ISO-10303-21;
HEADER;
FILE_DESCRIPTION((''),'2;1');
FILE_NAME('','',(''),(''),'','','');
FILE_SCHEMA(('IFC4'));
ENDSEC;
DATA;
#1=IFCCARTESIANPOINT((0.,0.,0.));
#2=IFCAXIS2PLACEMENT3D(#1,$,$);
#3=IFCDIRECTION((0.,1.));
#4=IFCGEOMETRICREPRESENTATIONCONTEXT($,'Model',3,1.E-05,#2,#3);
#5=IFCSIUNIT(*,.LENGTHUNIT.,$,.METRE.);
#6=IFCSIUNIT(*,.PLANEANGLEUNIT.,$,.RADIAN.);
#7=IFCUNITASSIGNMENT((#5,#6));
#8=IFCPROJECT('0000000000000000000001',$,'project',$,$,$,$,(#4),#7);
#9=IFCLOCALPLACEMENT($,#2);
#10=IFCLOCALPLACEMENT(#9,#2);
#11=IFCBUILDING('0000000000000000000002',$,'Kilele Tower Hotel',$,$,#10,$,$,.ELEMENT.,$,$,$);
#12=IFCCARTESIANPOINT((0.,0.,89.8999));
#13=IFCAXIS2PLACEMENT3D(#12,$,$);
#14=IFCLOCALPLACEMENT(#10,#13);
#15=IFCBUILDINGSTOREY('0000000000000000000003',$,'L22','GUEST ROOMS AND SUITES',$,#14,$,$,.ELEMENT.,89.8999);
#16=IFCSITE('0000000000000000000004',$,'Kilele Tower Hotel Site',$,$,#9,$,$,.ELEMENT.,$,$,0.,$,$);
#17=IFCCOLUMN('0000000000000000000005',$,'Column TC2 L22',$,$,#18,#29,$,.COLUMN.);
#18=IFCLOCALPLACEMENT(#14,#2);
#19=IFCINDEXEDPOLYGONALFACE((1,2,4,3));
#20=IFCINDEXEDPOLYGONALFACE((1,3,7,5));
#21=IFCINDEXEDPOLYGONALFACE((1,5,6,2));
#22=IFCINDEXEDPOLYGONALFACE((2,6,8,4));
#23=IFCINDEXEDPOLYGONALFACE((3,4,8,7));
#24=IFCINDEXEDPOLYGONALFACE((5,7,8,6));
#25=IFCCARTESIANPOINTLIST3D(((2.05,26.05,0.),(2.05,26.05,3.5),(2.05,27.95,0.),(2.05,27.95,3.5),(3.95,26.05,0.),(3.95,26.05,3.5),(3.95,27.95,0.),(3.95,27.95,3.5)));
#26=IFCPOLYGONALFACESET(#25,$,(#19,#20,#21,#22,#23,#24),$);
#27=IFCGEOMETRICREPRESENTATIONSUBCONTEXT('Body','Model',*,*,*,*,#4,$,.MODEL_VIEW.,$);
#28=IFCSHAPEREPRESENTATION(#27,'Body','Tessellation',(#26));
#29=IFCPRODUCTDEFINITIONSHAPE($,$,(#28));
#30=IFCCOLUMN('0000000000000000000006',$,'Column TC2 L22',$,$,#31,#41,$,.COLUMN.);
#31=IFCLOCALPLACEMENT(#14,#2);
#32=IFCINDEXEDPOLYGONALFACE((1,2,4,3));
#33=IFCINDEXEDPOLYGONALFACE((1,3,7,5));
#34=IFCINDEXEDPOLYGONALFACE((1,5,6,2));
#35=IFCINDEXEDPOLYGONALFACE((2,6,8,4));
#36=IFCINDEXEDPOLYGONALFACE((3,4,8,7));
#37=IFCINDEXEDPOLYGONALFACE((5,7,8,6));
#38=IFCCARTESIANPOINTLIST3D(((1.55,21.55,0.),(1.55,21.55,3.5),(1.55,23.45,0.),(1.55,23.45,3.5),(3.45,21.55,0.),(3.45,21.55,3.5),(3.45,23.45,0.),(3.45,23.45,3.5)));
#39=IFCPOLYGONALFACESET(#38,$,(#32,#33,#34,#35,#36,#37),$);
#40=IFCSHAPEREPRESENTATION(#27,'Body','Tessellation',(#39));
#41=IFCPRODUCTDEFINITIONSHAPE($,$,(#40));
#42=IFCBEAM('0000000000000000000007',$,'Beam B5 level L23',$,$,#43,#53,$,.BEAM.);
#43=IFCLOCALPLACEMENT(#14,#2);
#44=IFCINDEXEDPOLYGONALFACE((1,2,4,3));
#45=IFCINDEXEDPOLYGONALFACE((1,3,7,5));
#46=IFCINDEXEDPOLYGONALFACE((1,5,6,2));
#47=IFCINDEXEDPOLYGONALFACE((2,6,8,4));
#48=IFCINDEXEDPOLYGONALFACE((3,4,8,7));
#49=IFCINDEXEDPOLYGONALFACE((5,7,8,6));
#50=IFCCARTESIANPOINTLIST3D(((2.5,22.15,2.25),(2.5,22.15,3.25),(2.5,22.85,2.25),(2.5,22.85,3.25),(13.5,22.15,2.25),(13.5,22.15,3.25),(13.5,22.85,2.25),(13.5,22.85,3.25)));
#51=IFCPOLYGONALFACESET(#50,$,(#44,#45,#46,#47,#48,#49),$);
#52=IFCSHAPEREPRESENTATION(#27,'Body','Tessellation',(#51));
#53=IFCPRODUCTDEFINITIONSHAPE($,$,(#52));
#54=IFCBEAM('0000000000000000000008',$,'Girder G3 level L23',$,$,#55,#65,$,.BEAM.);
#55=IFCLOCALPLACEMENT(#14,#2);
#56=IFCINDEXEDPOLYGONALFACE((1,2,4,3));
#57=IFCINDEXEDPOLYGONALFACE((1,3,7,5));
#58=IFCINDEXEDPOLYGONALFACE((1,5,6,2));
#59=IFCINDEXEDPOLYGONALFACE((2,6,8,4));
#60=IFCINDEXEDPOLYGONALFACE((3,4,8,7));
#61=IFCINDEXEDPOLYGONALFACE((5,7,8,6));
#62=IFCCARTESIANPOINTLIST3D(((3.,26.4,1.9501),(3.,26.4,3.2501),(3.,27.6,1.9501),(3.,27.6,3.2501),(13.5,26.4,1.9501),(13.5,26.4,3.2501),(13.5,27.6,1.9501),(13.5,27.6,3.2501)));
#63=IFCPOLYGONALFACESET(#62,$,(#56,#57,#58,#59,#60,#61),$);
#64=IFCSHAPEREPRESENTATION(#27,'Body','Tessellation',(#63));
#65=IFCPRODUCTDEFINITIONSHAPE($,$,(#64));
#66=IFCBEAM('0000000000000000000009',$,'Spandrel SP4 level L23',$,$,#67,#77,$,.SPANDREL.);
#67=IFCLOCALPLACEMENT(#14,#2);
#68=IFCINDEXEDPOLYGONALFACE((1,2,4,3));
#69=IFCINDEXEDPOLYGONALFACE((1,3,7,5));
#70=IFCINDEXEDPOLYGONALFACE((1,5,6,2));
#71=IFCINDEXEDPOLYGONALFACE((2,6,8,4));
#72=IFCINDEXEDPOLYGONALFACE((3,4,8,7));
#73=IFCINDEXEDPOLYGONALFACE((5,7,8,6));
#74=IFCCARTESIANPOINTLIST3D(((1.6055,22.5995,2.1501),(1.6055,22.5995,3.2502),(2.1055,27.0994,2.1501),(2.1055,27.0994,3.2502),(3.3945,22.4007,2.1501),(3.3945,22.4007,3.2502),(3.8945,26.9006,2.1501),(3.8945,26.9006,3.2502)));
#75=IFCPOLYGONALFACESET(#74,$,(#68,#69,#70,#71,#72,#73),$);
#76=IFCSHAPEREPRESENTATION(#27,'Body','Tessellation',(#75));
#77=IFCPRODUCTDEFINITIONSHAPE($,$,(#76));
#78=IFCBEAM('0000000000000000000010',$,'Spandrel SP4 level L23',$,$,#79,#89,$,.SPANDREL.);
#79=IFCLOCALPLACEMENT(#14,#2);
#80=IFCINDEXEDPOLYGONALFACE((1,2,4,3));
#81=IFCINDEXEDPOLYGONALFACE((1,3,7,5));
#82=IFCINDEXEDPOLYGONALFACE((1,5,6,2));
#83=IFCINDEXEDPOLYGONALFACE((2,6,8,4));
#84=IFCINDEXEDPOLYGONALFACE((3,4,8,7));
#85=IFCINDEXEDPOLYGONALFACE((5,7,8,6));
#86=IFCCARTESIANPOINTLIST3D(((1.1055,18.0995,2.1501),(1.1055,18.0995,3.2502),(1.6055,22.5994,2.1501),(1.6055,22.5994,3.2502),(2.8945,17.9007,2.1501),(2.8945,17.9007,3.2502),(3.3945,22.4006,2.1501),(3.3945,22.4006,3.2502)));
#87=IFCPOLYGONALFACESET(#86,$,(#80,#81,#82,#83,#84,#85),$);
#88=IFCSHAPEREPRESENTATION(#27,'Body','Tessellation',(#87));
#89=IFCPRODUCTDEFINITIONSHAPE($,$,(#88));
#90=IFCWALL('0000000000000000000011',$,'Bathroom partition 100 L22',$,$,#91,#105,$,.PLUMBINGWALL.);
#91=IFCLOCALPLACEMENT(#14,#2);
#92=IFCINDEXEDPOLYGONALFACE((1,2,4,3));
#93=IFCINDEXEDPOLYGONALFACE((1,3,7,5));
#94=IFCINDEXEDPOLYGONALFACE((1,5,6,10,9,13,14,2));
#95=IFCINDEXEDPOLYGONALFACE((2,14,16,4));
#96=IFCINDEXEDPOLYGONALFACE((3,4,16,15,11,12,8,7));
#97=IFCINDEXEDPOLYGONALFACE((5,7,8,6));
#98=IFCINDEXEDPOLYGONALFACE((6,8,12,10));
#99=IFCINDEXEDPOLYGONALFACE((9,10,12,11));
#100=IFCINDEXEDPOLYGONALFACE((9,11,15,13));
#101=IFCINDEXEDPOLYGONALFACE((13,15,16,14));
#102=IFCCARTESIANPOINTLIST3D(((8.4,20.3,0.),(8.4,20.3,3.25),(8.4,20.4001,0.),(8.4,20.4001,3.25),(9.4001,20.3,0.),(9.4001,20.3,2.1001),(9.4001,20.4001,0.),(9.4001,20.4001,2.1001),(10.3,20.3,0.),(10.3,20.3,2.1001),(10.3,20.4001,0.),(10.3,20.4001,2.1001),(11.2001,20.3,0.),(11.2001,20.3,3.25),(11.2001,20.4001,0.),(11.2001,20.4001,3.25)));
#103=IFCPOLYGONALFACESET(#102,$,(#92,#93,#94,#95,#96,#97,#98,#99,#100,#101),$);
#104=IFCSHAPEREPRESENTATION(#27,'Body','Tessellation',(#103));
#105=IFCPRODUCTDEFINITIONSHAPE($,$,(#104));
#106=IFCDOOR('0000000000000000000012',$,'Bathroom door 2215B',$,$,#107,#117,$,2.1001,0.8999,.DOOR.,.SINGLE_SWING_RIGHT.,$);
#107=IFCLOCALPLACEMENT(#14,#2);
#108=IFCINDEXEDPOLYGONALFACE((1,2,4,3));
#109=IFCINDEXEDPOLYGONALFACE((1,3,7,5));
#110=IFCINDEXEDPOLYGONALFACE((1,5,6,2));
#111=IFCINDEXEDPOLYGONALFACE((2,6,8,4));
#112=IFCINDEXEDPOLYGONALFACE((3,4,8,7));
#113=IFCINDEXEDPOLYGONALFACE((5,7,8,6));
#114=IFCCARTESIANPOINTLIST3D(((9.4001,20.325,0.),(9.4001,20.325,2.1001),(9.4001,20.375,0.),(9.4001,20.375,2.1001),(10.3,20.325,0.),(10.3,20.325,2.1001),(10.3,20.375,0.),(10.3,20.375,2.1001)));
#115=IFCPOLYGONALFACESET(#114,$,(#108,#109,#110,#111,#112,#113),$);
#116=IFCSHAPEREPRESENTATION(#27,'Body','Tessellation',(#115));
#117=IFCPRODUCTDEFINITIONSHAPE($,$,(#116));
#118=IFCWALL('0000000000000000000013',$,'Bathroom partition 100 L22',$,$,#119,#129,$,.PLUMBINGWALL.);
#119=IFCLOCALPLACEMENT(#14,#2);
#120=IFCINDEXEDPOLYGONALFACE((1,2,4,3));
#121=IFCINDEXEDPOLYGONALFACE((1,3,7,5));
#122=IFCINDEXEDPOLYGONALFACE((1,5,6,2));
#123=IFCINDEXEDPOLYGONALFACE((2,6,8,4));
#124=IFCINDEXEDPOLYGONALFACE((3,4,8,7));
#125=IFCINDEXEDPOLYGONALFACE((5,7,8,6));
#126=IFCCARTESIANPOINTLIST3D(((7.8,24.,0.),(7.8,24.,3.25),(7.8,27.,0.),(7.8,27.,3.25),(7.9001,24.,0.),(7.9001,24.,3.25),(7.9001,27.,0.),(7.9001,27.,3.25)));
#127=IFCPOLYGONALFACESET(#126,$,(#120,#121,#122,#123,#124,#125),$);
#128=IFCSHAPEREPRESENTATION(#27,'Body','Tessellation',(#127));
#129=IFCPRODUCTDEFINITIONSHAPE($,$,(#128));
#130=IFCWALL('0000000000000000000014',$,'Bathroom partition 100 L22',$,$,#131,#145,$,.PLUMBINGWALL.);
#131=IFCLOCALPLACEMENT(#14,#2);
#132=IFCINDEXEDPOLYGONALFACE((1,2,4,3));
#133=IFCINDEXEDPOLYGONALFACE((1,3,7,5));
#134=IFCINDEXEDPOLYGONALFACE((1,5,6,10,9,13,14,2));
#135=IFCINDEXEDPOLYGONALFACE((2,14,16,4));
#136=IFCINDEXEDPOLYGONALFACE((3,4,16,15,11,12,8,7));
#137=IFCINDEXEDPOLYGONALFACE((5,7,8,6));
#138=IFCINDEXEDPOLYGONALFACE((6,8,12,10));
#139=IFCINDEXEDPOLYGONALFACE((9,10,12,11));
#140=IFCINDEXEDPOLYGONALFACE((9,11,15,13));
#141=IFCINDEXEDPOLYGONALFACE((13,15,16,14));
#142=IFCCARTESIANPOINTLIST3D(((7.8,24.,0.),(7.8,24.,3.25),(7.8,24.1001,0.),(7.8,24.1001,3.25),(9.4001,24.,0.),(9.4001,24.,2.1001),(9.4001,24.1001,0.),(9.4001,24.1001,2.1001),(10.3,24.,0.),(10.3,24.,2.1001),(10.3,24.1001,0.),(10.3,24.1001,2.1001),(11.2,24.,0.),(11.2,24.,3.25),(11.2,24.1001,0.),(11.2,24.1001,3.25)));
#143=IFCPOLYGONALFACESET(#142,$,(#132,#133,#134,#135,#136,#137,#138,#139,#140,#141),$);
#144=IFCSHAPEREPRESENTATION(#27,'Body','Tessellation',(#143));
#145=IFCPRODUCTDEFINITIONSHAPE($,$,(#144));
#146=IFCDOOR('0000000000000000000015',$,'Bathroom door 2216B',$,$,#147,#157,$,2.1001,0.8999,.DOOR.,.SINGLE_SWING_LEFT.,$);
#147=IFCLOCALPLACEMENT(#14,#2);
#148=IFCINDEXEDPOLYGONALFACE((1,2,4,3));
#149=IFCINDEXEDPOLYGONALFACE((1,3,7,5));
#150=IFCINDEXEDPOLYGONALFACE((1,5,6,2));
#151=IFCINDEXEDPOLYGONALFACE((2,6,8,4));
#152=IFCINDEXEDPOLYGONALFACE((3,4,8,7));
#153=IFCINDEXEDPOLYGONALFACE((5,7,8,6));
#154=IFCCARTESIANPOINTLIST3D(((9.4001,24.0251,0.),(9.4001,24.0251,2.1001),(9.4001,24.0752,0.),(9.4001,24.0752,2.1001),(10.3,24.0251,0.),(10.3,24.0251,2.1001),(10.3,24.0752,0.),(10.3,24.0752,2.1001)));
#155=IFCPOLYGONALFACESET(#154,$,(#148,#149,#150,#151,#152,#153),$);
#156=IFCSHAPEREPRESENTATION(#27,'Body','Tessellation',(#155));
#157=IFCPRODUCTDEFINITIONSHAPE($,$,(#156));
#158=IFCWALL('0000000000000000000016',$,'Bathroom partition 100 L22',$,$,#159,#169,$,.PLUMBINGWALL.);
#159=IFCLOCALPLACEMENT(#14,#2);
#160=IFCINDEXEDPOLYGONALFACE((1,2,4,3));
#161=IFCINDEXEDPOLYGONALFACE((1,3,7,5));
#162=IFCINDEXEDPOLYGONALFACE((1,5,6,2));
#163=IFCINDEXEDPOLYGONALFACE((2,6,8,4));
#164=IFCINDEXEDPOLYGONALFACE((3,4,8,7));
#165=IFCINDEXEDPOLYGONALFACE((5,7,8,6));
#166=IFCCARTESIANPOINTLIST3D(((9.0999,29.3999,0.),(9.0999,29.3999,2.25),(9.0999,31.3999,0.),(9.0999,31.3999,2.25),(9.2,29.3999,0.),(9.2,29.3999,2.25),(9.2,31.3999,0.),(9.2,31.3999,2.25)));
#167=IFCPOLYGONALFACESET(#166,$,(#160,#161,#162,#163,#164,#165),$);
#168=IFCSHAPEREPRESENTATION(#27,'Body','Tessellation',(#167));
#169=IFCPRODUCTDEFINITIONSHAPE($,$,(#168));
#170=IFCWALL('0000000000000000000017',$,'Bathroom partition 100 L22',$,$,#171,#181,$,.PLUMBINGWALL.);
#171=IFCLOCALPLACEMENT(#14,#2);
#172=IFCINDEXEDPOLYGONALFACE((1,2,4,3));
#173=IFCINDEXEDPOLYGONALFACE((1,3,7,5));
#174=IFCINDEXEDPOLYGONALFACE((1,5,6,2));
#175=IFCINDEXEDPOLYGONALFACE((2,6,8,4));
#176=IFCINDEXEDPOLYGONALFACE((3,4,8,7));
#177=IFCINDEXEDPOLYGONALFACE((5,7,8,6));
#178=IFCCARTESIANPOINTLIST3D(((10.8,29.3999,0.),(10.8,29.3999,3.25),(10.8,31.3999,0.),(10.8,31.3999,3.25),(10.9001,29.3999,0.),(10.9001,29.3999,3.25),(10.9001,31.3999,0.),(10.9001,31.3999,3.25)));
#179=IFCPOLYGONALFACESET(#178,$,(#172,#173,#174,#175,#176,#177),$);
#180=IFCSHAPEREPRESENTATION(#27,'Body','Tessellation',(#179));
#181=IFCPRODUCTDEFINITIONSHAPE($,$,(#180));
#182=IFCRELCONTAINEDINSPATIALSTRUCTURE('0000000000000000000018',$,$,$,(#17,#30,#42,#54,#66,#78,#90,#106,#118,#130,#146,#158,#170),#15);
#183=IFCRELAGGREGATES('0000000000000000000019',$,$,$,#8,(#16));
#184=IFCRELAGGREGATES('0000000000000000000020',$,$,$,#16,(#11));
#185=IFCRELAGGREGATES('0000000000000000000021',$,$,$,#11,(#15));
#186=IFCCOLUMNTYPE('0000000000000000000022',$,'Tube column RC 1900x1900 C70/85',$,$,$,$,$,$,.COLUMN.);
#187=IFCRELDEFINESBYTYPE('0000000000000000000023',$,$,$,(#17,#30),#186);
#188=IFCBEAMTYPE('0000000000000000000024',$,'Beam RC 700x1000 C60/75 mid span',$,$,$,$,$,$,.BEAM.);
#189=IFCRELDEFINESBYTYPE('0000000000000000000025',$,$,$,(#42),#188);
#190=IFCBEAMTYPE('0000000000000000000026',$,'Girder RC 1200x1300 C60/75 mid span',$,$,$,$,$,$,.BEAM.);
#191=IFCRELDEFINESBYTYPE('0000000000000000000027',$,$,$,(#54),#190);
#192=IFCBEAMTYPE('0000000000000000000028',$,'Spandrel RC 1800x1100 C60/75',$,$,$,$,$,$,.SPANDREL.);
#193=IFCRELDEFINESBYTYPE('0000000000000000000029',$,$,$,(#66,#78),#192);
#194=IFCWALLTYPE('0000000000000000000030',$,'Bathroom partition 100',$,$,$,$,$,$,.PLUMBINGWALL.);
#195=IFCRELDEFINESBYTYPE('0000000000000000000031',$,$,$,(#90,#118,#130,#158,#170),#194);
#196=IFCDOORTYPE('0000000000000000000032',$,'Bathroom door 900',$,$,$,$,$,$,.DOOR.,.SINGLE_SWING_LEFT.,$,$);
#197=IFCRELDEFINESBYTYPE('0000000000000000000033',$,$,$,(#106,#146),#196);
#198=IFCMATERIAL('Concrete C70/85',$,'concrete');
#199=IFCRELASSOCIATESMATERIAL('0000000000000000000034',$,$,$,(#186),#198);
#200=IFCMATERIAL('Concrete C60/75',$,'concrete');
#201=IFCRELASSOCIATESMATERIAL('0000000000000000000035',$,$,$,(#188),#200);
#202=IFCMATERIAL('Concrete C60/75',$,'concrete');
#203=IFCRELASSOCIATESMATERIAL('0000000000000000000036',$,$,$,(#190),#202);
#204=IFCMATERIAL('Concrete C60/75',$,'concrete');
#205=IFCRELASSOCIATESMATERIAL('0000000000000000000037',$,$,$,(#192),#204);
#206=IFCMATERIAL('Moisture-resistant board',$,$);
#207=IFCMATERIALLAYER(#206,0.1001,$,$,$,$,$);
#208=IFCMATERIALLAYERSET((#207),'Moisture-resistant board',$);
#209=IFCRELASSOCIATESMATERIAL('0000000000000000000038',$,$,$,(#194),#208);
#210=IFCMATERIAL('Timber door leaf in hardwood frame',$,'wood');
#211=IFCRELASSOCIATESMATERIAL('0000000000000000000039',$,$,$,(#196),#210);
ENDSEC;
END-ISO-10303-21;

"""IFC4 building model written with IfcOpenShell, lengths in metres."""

from ifc_helpers import new_model, si_unit, direction, frame, frame_2d, origin, origin_2d, place, context, subcontext, project, spatial, rectangle, extrude, material, layer, layer_set, material_profile, profile_set, type_object, element, fill, save


model = new_model("IFC4")

# Units and contexts
model_context = context("Model", 3, precision=1e-05, world=origin(), true_north=direction((0.0, 1.0)))
body_context = subcontext(model_context, "Body", "Model", "MODEL_VIEW")
ifc_project = project(units=[si_unit("LENGTHUNIT", "METRE"), si_unit("PLANEANGLEUNIT", "RADIAN")], contexts=[model_context])

# Site, building, storey
site_placement = place(None, origin())
site = spatial("IfcSite", under=ifc_project, at=site_placement, Name="Kilele Tower Hotel Site", CompositionType="ELEMENT", RefElevation=0.0)
building_placement = place(site_placement, origin())
building = spatial("IfcBuilding", under=site, at=building_placement, Name="Kilele Tower Hotel", CompositionType="ELEMENT")
storey_placement = place(building_placement, frame((0.0, 0.0, 89.8999)))
storey = spatial("IfcBuildingStorey", under=building, at=storey_placement, Name="L22", Description="GUEST ROOMS AND SUITES", CompositionType="ELEMENT", Elevation=89.8999)

# Columns
ifc_material_1 = material(Name="Concrete C70/85", Category="concrete")
ifc_material_profile_1 = material_profile(ifc_material_1, rectangle(XDim=1.8999, YDim=1.8999, at=origin_2d()))
ifc_profile_set_1 = profile_set([ifc_material_profile_1], Name="Concrete C70/85")
column_type = type_object("IfcColumnType", Name="Tube column RC 1900x1900 C70/85", PredefinedType="COLUMN", material=ifc_profile_set_1)
for number, where, z_axis, x_axis, name in (
    (1, (3.0, 27.0, 0.0), (0.0, 0.0, 1.0), (1.0, 0.0, 0.0), "Column TC2 L22"),
    (2, (2.5, 22.5, 0.0), (0.0, 0.0, 1.0), (1.0, 0.0, 0.0), "Column TC2 L22"),
):
    element("IfcColumn", number, at=place(storey_placement, frame(where, z_axis=z_axis, x_axis=x_axis)), inside=storey, type_object=column_type, Name=name, PredefinedType="COLUMN", context=body_context, shape_type="SweptSolid", body=[
        extrude(rectangle(XDim=1.8999, YDim=1.8999, at=origin_2d()), origin(), (0.0, 0.0, 1.0), 3.5),
    ])

# Beams
ifc_material_2 = material(Name="Concrete C60/75", Category="concrete")
ifc_material_profile_2 = material_profile(ifc_material_2, rectangle(XDim=0.7, YDim=1.0, at=origin_2d()))
ifc_profile_set_2 = profile_set([ifc_material_profile_2], Name="Concrete C60/75")
beam_type_1 = type_object("IfcBeamType", Name="Beam RC 700x1000 C60/75 mid span", PredefinedType="BEAM", material=ifc_profile_set_2)
beam_1_placement = place(storey_placement, frame((2.5, 22.5, 2.75), z_axis=(1.0, 0.0, 0.0), x_axis=(0.0, 1.0, 0.0)))
element("IfcBeam", 3, at=beam_1_placement, inside=storey, type_object=beam_type_1, Name="Beam B5 level L23", PredefinedType="BEAM", context=body_context, shape_type="SweptSolid", body=[
    extrude(rectangle(XDim=0.7, YDim=1.0, at=origin_2d()), origin(), (0.0, 0.0, 1.0), 11.0),
])
ifc_material_3 = material(Name="Concrete C60/75", Category="concrete")
ifc_material_profile_3 = material_profile(ifc_material_3, rectangle(XDim=1.2, YDim=1.3, at=origin_2d()))
ifc_profile_set_3 = profile_set([ifc_material_profile_3], Name="Concrete C60/75")
beam_type_2 = type_object("IfcBeamType", Name="Girder RC 1200x1300 C60/75 mid span", PredefinedType="BEAM", material=ifc_profile_set_3)
beam_2_placement = place(storey_placement, frame((3.0, 27.0, 2.6001), z_axis=(1.0, 0.0, 0.0), x_axis=(0.0, 1.0, 0.0)))
element("IfcBeam", 4, at=beam_2_placement, inside=storey, type_object=beam_type_2, Name="Girder G3 level L23", PredefinedType="BEAM", context=body_context, shape_type="SweptSolid", body=[
    extrude(rectangle(XDim=1.2, YDim=1.3, at=origin_2d()), origin(), (0.0, 0.0, 1.0), 10.5),
])
ifc_material_4 = material(Name="Concrete C60/75", Category="concrete")
ifc_material_profile_4 = material_profile(ifc_material_4, rectangle(XDim=1.8, YDim=1.1001, at=origin_2d()))
ifc_profile_set_4 = profile_set([ifc_material_profile_4], Name="Concrete C60/75")
beam_type_3 = type_object("IfcBeamType", Name="Spandrel RC 1800x1100 C60/75", PredefinedType="SPANDREL", material=ifc_profile_set_4)
for number, where, z_axis, x_axis, name in (
    (5, (3.0, 27.0, 2.7002), (-0.110432, -0.993884, 0.0), (0.993884, -0.110432, 0.0), "Spandrel SP4 level L23"),
    (6, (2.5, 22.5, 2.7002), (-0.110432, -0.993884, 0.0), (0.993884, -0.110432, 0.0), "Spandrel SP4 level L23"),
):
    element("IfcBeam", number, at=place(storey_placement, frame(where, z_axis=z_axis, x_axis=x_axis)), inside=storey, type_object=beam_type_3, Name=name, PredefinedType="SPANDREL", context=body_context, shape_type="SweptSolid", body=[
        extrude(rectangle(XDim=1.8, YDim=1.1001, at=origin_2d()), origin(), (0.0, 0.0, 1.0), 4.5276),
    ])

# Wall, opening, door
ifc_material_5 = material(Name="Moisture-resistant board")
ifc_layer_1 = layer(ifc_material_5, 0.1001)
ifc_layer_set_1 = layer_set([ifc_layer_1], Name="Moisture-resistant board")
wall_type_1 = type_object("IfcWallType", Name="Bathroom partition 100", PredefinedType="PLUMBINGWALL", material=ifc_layer_set_1)
wall_1_placement = place(storey_placement, frame((11.2, 20.3501, 0.0), z_axis=(0.0, 0.0, 1.0), x_axis=(-1.0, 0.0, 0.0)))
wall_1 = element("IfcWall", 7, at=wall_1_placement, inside=storey, type_object=wall_type_1, Name="Bathroom partition 100 L22", PredefinedType="PLUMBINGWALL", context=body_context, shape_type="SweptSolid", body=[
    extrude(rectangle(XDim=2.8, YDim=0.1001, at=frame_2d((1.3999, 0.0))), origin(), (0.0, 0.0, 1.0), 3.25),
])
opening_1_placement = place(wall_1_placement, frame((1.7998, 0.0, 0.0), z_axis=(0.0, 0.0, 1.0), x_axis=(-1.0, 0.0, 0.0)))
opening_1 = element("IfcOpeningElement", 8, at=opening_1_placement, cuts=wall_1, PredefinedType="OPENING", context=body_context, shape_type="SweptSolid", body=[
    extrude(rectangle(XDim=0.8999, YDim=2.1001, at=frame_2d((0.45, 1.05))), frame((0.0, 0.0601, 0.0), z_axis=(0.0, -1.0, 0.0), x_axis=(1.0, 0.0, 0.0)), (0.0, 0.0, 1.0), 0.1201),
])
ifc_material_6 = material(Name="Timber door leaf in hardwood frame", Category="wood")
door_type_1 = type_object("IfcDoorType", Name="Bathroom door 900", OperationType="SINGLE_SWING_LEFT", PredefinedType="DOOR", material=ifc_material_6)
door_1_placement = place(opening_1_placement, origin())
door_1 = element("IfcDoor", 9, at=door_1_placement, inside=storey, type_object=door_type_1, Name="Bathroom door 2215B", OperationType="SINGLE_SWING_RIGHT", OverallHeight=2.1001, OverallWidth=0.8999, PredefinedType="DOOR", context=body_context, shape_type="SweptSolid", body=[
    extrude(rectangle(XDim=0.8999, YDim=2.1001, at=frame_2d((0.45, 1.05))), frame((0.0, 0.0249, 0.0), z_axis=(0.0, -1.0, 0.0), x_axis=(1.0, 0.0, 0.0)), (0.0, 0.0, 1.0), 0.05),
])
fill(opening_1, door_1)

# Wall
wall_2_placement = place(storey_placement, frame((7.8501, 24.0, 0.0), z_axis=(0.0, 0.0, 1.0), x_axis=(0.0, 1.0, 0.0)))
element("IfcWall", 10, at=wall_2_placement, inside=storey, type_object=wall_type_1, Name="Bathroom partition 100 L22", PredefinedType="PLUMBINGWALL", context=body_context, shape_type="SweptSolid", body=[
    extrude(rectangle(XDim=3.0, YDim=0.1001, at=frame_2d((1.5, 0.0))), origin(), (0.0, 0.0, 1.0), 3.25),
])

# Wall, opening, door
wall_3_placement = place(storey_placement, frame((11.2, 24.05, 0.0), z_axis=(0.0, 0.0, 1.0), x_axis=(-1.0, 0.0, 0.0)))
wall_3 = element("IfcWall", 11, at=wall_3_placement, inside=storey, type_object=wall_type_1, Name="Bathroom partition 100 L22", PredefinedType="PLUMBINGWALL", context=body_context, shape_type="SweptSolid", body=[
    extrude(rectangle(XDim=3.3999, YDim=0.1001, at=frame_2d((1.7, 0.0))), origin(), (0.0, 0.0, 1.0), 3.25),
])
opening_2_placement = place(wall_3_placement, frame((0.8999, 0.0, 0.0)))
opening_2 = element("IfcOpeningElement", 12, at=opening_2_placement, cuts=wall_3, PredefinedType="OPENING", context=body_context, shape_type="SweptSolid", body=[
    extrude(rectangle(XDim=0.8999, YDim=2.1001, at=frame_2d((0.45, 1.05))), frame((0.0, 0.0601, 0.0), z_axis=(0.0, -1.0, 0.0), x_axis=(1.0, 0.0, 0.0)), (0.0, 0.0, 1.0), 0.1201),
])
door_2_placement = place(opening_2_placement, origin())
door_2 = element("IfcDoor", 13, at=door_2_placement, inside=storey, type_object=door_type_1, Name="Bathroom door 2216B", OperationType="SINGLE_SWING_LEFT", OverallHeight=2.1001, OverallWidth=0.8999, PredefinedType="DOOR", context=body_context, shape_type="SweptSolid", body=[
    extrude(rectangle(XDim=0.8999, YDim=2.1001, at=frame_2d((0.45, 1.05))), frame((0.0, 0.0249, 0.0), z_axis=(0.0, -1.0, 0.0), x_axis=(1.0, 0.0, 0.0)), (0.0, 0.0, 1.0), 0.05),
])
fill(opening_2, door_2)

# Walls
wall_4_placement = place(storey_placement, frame((9.1499, 31.3999, 0.0), z_axis=(0.0, 0.0, 1.0), x_axis=(0.0, -1.0, 0.0)))
element("IfcWall", 14, at=wall_4_placement, inside=storey, type_object=wall_type_1, Name="Bathroom partition 100 L22", PredefinedType="PLUMBINGWALL", context=body_context, shape_type="SweptSolid", body=[
    extrude(rectangle(XDim=2.0, YDim=0.1001, at=frame_2d((1.0, 0.0))), origin(), (0.0, 0.0, 1.0), 2.25),
])
wall_5_placement = place(storey_placement, frame((10.8501, 31.3999, 0.0), z_axis=(0.0, 0.0, 1.0), x_axis=(0.0, -1.0, 0.0)))
element("IfcWall", 15, at=wall_5_placement, inside=storey, type_object=wall_type_1, Name="Bathroom partition 100 L22", PredefinedType="PLUMBINGWALL", context=body_context, shape_type="SweptSolid", body=[
    extrude(rectangle(XDim=2.0, YDim=0.1001, at=frame_2d((1.0, 0.0))), origin(), (0.0, 0.0, 1.0), 3.25),
])

save(model, "model.ifc")
